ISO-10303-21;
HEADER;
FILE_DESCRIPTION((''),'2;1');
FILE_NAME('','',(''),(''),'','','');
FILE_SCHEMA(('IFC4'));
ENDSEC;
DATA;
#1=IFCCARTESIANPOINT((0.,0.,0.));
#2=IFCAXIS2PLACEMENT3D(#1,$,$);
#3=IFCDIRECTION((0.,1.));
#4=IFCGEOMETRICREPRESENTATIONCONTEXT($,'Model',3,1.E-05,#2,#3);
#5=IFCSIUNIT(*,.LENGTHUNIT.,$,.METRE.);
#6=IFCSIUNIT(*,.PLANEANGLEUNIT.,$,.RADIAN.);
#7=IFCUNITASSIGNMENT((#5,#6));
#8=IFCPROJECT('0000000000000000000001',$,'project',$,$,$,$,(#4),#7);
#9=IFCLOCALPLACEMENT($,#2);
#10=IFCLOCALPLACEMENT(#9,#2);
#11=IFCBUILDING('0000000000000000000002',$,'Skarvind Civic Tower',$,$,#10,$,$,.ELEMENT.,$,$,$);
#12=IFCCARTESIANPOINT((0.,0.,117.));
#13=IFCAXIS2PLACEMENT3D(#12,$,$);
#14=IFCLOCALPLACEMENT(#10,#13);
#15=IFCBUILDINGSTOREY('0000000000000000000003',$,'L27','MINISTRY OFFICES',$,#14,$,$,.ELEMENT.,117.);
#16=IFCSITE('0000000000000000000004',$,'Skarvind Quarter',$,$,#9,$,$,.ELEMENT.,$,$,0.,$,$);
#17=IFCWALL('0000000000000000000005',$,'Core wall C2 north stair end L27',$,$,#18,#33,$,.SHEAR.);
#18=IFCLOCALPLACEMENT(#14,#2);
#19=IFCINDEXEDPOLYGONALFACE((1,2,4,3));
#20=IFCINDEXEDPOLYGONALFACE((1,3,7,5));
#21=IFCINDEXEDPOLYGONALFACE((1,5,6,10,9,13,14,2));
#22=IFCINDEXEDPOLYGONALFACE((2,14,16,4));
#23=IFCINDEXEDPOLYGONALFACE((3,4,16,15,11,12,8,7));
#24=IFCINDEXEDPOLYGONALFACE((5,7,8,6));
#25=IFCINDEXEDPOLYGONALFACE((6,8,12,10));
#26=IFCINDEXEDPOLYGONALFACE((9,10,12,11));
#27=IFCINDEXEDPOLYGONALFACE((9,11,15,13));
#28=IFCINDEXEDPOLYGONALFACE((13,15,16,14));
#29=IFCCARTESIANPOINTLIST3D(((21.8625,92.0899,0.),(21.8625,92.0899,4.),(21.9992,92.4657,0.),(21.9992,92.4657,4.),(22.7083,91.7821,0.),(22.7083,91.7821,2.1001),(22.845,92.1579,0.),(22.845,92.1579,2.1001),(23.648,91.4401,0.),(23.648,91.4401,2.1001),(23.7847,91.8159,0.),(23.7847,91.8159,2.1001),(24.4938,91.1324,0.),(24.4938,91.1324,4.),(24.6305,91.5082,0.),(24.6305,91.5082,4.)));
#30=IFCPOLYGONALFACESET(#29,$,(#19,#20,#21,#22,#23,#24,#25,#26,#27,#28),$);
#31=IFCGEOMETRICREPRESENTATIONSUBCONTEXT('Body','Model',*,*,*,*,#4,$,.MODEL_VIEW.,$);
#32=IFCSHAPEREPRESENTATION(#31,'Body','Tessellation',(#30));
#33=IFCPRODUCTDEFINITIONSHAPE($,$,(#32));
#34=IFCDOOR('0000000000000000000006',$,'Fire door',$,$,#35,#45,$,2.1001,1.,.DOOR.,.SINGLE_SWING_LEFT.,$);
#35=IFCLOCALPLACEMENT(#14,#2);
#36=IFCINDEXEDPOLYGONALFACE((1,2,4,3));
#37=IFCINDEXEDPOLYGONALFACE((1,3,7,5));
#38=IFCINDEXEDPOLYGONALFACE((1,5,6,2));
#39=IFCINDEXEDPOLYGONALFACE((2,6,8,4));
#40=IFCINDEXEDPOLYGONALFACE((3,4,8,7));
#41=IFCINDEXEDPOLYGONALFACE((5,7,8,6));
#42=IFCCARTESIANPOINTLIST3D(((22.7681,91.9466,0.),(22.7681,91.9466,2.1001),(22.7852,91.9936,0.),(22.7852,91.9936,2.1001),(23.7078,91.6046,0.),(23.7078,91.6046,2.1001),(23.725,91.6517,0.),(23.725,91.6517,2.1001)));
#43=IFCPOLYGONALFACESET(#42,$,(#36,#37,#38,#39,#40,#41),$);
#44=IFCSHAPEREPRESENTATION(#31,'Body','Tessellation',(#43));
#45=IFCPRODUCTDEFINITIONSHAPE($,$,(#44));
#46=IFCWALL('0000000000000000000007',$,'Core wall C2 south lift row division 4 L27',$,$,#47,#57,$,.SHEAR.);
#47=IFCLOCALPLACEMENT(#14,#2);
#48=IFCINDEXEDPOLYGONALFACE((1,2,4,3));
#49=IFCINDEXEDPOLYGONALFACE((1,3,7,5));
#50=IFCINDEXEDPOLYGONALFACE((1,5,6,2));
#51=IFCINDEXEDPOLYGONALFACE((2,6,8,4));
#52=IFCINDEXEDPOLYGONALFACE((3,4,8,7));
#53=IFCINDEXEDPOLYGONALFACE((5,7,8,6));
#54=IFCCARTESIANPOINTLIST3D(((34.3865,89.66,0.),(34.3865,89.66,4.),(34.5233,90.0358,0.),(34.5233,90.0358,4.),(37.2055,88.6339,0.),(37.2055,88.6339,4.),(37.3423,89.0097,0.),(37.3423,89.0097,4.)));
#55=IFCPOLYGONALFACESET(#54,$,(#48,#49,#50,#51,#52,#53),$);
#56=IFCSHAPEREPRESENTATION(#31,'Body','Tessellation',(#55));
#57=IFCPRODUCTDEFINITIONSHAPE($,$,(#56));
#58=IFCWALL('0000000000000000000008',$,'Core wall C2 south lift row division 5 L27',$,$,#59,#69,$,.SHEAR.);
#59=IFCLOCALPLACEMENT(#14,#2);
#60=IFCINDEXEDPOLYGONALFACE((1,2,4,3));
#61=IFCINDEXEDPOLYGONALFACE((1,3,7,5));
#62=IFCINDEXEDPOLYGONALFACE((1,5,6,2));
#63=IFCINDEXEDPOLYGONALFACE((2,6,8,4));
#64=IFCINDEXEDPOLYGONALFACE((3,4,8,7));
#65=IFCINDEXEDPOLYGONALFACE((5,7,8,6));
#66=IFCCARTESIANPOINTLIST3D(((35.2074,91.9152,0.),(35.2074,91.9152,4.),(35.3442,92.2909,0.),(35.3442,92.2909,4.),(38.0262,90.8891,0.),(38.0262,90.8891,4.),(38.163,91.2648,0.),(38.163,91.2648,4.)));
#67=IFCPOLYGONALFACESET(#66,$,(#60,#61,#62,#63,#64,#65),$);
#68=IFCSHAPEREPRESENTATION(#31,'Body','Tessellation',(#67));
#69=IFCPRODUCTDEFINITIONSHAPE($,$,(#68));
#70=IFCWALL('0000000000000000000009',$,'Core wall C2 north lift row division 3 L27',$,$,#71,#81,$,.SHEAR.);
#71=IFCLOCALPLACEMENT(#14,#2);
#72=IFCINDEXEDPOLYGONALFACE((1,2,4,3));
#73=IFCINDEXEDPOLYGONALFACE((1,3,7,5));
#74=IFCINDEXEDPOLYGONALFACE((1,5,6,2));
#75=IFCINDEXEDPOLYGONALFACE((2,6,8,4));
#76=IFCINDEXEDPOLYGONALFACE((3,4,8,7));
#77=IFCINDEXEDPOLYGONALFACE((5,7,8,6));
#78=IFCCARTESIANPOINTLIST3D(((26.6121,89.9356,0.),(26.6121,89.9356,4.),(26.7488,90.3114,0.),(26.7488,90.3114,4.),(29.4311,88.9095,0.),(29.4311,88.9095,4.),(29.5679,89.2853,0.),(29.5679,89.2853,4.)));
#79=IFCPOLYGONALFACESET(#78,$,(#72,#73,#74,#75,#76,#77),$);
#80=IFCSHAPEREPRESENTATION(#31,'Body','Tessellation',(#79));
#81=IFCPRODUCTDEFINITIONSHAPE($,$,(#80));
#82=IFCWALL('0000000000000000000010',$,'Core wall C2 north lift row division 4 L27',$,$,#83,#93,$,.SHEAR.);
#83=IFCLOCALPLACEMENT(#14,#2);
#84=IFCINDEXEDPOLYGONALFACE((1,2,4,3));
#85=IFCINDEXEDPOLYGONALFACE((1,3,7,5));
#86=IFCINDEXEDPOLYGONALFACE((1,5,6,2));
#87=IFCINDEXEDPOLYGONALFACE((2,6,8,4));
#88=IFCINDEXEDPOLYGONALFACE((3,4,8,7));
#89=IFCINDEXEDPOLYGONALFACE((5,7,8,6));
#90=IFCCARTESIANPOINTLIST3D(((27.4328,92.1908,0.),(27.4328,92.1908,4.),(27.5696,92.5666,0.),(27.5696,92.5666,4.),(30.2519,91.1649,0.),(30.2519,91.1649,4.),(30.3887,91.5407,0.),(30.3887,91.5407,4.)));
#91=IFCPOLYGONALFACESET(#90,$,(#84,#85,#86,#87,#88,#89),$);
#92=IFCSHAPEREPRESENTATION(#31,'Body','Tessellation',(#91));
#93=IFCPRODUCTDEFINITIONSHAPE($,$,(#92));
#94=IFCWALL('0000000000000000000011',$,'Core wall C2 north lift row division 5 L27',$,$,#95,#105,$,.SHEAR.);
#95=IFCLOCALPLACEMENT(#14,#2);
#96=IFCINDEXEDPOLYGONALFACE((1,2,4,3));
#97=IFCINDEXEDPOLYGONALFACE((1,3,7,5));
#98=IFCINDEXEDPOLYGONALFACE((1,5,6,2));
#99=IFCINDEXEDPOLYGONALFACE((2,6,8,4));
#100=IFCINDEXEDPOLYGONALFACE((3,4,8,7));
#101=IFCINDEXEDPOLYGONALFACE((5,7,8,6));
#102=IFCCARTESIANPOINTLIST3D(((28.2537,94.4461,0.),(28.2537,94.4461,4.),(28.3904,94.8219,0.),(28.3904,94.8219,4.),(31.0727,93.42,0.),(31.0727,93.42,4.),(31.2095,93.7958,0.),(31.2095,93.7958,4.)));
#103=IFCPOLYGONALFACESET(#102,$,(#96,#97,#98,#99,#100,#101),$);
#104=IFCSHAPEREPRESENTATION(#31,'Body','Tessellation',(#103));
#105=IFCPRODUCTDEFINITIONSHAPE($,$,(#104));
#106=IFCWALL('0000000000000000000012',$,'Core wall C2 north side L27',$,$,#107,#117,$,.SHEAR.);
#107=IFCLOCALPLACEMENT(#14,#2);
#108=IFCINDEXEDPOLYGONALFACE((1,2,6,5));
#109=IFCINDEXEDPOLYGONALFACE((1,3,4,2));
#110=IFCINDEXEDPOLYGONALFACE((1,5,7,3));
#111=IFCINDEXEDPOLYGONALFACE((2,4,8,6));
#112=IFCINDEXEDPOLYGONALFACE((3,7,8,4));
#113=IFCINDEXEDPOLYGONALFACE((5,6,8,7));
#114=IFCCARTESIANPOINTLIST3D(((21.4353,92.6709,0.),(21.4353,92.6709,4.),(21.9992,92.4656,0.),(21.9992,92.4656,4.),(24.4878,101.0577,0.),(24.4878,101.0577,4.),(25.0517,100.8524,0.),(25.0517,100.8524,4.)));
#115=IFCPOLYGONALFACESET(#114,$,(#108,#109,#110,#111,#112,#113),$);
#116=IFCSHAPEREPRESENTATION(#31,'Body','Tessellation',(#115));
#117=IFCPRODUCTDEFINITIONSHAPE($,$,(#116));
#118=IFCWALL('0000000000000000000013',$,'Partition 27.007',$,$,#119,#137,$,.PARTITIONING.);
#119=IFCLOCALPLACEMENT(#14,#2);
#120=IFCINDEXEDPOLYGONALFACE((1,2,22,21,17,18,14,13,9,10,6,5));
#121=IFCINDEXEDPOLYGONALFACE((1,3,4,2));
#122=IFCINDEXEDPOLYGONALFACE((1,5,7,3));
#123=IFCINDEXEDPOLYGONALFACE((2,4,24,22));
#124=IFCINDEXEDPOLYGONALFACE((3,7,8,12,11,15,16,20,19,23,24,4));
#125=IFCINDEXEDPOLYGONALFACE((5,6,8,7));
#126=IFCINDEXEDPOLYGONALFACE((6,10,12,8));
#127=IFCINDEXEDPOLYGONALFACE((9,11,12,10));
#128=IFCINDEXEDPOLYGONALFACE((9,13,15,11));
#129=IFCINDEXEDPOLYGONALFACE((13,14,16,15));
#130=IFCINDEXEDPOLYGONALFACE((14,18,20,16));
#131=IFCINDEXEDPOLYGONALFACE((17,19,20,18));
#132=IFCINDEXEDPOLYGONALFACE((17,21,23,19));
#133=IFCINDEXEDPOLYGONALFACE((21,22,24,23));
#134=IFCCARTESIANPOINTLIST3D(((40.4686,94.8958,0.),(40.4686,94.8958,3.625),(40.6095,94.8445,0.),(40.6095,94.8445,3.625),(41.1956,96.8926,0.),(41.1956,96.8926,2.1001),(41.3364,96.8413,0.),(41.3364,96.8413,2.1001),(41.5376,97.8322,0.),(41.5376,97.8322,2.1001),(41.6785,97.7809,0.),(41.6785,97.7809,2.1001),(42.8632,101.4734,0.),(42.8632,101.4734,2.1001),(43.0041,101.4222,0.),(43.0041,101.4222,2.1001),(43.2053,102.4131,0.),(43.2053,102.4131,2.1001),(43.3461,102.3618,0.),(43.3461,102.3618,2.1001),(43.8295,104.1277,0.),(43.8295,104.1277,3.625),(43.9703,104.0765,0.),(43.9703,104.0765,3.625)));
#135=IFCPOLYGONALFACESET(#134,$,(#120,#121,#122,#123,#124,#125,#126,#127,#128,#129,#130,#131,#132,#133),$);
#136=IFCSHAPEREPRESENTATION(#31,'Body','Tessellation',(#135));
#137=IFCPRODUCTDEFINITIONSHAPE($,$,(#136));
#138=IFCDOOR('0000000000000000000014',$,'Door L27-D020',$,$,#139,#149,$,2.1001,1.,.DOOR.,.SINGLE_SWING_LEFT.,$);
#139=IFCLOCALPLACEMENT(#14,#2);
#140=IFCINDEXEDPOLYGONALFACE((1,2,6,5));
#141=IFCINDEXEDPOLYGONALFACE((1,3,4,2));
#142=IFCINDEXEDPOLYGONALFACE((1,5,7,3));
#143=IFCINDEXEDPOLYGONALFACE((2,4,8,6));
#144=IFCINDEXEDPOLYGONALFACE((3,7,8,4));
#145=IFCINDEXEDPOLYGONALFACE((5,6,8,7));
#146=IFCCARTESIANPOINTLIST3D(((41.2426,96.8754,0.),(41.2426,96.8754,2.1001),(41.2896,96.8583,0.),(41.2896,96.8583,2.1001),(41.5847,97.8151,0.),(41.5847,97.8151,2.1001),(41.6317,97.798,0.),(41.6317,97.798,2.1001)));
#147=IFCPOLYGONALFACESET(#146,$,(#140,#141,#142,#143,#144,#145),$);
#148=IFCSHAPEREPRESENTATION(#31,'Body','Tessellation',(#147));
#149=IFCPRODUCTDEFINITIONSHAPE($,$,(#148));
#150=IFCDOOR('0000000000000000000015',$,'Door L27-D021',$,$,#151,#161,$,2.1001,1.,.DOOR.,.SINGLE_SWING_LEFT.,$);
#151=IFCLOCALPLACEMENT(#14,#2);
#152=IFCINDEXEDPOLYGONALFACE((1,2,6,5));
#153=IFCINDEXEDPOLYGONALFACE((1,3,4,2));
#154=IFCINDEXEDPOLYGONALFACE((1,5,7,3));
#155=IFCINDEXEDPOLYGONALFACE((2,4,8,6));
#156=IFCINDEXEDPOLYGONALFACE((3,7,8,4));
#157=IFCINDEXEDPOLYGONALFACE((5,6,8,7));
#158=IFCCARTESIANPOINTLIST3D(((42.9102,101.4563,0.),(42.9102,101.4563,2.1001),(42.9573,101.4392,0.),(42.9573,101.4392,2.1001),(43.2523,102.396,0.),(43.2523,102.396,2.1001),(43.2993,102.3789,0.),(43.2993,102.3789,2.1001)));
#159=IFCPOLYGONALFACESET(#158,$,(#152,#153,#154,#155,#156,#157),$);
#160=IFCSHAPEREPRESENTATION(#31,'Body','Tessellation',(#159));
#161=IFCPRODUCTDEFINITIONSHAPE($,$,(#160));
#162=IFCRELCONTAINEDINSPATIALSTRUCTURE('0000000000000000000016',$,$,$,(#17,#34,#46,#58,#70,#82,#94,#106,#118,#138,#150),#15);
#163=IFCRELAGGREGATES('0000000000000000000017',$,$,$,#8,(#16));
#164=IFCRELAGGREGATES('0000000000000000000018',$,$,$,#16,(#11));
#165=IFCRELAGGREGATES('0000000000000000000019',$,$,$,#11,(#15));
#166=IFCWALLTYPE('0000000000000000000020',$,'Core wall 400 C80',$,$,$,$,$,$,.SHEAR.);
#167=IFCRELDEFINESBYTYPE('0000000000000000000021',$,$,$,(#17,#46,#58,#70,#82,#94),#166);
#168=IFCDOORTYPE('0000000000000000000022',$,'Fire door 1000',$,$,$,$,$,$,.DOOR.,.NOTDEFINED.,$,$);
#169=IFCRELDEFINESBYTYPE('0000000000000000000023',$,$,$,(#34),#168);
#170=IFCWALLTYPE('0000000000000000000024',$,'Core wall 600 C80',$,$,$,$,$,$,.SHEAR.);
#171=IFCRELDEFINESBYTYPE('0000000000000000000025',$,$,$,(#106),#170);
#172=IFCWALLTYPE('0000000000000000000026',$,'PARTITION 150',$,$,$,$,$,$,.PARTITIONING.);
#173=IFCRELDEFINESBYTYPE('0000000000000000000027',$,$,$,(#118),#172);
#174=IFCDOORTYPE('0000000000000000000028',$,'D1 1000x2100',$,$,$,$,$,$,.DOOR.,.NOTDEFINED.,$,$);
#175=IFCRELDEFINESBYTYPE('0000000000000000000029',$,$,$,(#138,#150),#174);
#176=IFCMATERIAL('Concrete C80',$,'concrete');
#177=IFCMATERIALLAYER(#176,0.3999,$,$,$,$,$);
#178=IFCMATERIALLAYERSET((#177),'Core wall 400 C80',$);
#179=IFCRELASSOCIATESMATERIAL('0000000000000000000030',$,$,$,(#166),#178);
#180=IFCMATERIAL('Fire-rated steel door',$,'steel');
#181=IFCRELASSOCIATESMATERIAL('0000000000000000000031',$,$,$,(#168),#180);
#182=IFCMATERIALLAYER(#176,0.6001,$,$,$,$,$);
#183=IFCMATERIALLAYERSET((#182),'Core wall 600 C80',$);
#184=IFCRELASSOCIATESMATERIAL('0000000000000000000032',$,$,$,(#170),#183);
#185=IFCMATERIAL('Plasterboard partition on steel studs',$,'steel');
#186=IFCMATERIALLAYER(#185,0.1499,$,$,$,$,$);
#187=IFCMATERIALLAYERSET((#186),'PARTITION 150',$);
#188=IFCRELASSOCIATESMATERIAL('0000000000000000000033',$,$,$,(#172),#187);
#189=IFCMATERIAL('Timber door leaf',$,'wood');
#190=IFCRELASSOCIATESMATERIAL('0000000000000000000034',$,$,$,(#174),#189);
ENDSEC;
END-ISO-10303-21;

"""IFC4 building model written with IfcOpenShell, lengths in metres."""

from ifc_helpers import new_model, si_unit, direction, frame, frame_2d, origin, place, context, subcontext, project, spatial, rectangle, extrude, material, layer, layer_set, type_object, element, fill, save


model = new_model("IFC4")

# Units and contexts
model_context = context("Model", 3, precision=1e-05, world=origin(), true_north=direction((0.0, 1.0)))
body_context = subcontext(model_context, "Body", "Model", "MODEL_VIEW")
ifc_project = project(units=[si_unit("LENGTHUNIT", "METRE"), si_unit("PLANEANGLEUNIT", "RADIAN")], contexts=[model_context])

# Site, building, storey
site_placement = place(None, origin())
site = spatial("IfcSite", under=ifc_project, at=site_placement, Name="Skarvind Quarter", CompositionType="ELEMENT", RefElevation=0.0)
building_placement = place(site_placement, origin())
building = spatial("IfcBuilding", under=site, at=building_placement, Name="Skarvind Civic Tower", CompositionType="ELEMENT")
storey_placement = place(building_placement, frame((0.0, 0.0, 117.0)))
storey = spatial("IfcBuildingStorey", under=building, at=storey_placement, Name="L27", Description="MINISTRY OFFICES", CompositionType="ELEMENT", Elevation=117.0)

# Shared definitions
ifc_material_1 = material(Name="Fire-rated steel door", Category="steel")

# Wall, opening, door
ifc_material_2 = material(Name="Concrete C80", Category="concrete")
ifc_layer_1 = layer(ifc_material_2, 0.3999)
ifc_layer_set_1 = layer_set([ifc_layer_1], Name="Core wall 400 C80")
wall_type_1 = type_object("IfcWallType", Name="Core wall 400 C80", PredefinedType="SHEAR", material=ifc_layer_set_1)
wall_1_placement = place(storey_placement, frame((24.562, 91.3203, 0.0), z_axis=(0.0, 0.0, 1.0), x_axis=(-0.939717, 0.341953, 0.0)))
wall_1 = element("IfcWall", 1, at=wall_1_placement, inside=storey, type_object=wall_type_1, Name="Core wall C2 north stair end L27", PredefinedType="SHEAR", context=body_context, shape_type="SweptSolid", body=[
    extrude(rectangle(XDim=2.8, YDim=0.3999, at=frame_2d((1.3999, 0.0))), origin(), (0.0, 0.0, 1.0), 4.0),
])
opening_1_placement = place(wall_1_placement, frame((0.8999, 0.0, 0.0)))
opening_1 = element("IfcOpeningElement", 2, at=opening_1_placement, cuts=wall_1, PredefinedType="OPENING", context=body_context, shape_type="SweptSolid", body=[
    extrude(rectangle(XDim=1.0, YDim=2.1001, at=frame_2d((0.5, 1.05))), frame((0.0, 0.21, 0.0), z_axis=(0.0, -1.0, 0.0), x_axis=(1.0, 0.0, 0.0)), (0.0, 0.0, 1.0), 0.4199),
])
door_type_1 = type_object("IfcDoorType", Name="Fire door 1000", OperationType="NOTDEFINED", PredefinedType="DOOR", material=ifc_material_1)
door_1_placement = place(opening_1_placement, origin())
door_1 = element("IfcDoor", 3, at=door_1_placement, inside=storey, type_object=door_type_1, Name="Fire door", OperationType="SINGLE_SWING_LEFT", OverallHeight=2.1001, OverallWidth=1.0, PredefinedType="DOOR", context=body_context, shape_type="SweptSolid", body=[
    extrude(rectangle(XDim=1.0, YDim=2.1001, at=frame_2d((0.5, 1.05))), frame((0.0, 0.0249, 0.0), z_axis=(0.0, -1.0, 0.0), x_axis=(1.0, 0.0, 0.0)), (0.0, 0.0, 1.0), 0.05),
])
fill(opening_1, door_1)

# Walls
wall_2_placement = place(storey_placement, frame((37.2739, 88.8218, 0.0), z_axis=(0.0, 0.0, 1.0), x_axis=(-0.939686, 0.342037, 0.0)))
element("IfcWall", 4, at=wall_2_placement, inside=storey, type_object=wall_type_1, Name="Core wall C2 south lift row division 4 L27", PredefinedType="SHEAR", context=body_context, shape_type="SweptSolid", body=[
    extrude(rectangle(XDim=3.0, YDim=0.3999, at=frame_2d((1.5, 0.0))), origin(), (0.0, 0.0, 1.0), 4.0),
])
wall_3_placement = place(storey_placement, frame((38.0947, 91.0769, 0.0), z_axis=(0.0, 0.0, 1.0), x_axis=(-0.939677, 0.342063, 0.0)))
element("IfcWall", 5, at=wall_3_placement, inside=storey, type_object=wall_type_1, Name="Core wall C2 south lift row division 5 L27", PredefinedType="SHEAR", context=body_context, shape_type="SweptSolid", body=[
    extrude(rectangle(XDim=2.9998, YDim=0.3999, at=frame_2d((1.5, 0.0))), origin(), (0.0, 0.0, 1.0), 4.0),
])
for number, where, z_axis, x_axis, name in (
    (6, (29.4995, 89.0974, 0.0), (0.0, 0.0, 1.0), (-0.939686, 0.342037, 0.0), "Core wall C2 north lift row division 3 L27"),
    (7, (30.3203, 91.3528, 0.0), (0.0, 0.0, 1.0), (-0.939713, 0.341965, 0.0), "Core wall C2 north lift row division 4 L27"),
    (8, (31.1411, 93.6079, 0.0), (0.0, 0.0, 1.0), (-0.939686, 0.342037, 0.0), "Core wall C2 north lift row division 5 L27"),
):
    element("IfcWall", number, at=place(storey_placement, frame(where, z_axis=z_axis, x_axis=x_axis)), inside=storey, type_object=wall_type_1, Name=name, PredefinedType="SHEAR", context=body_context, shape_type="SweptSolid", body=[
        extrude(rectangle(XDim=3.0, YDim=0.3999, at=frame_2d((1.5, 0.0))), origin(), (0.0, 0.0, 1.0), 4.0),
    ])
ifc_layer_2 = layer(ifc_material_2, 0.6001)
ifc_layer_set_2 = layer_set([ifc_layer_2], Name="Core wall 600 C80")
wall_type_2 = type_object("IfcWallType", Name="Core wall 600 C80", PredefinedType="SHEAR", material=ifc_layer_set_2)
wall_4_placement = place(storey_placement, frame((21.7173, 92.5684, 0.0), z_axis=(0.0, 0.0, 1.0), x_axis=(0.342018, 0.939694, 0.0)))
element("IfcWall", 9, at=wall_4_placement, inside=storey, type_object=wall_type_2, Name="Core wall C2 north side L27", PredefinedType="SHEAR", context=body_context, shape_type="SweptSolid", body=[
    extrude(rectangle(XDim=8.925, YDim=0.6001, at=frame_2d((4.4624, 0.0))), origin(), (0.0, 0.0, 1.0), 4.0),
])

# Wall, openings, doors
ifc_material_3 = material(Name="Plasterboard partition on steel studs", Category="steel")
ifc_layer_3 = layer(ifc_material_3, 0.1499)
ifc_layer_set_3 = layer_set([ifc_layer_3], Name="PARTITION 150")
wall_type_3 = type_object("IfcWallType", Name="PARTITION 150", PredefinedType="PARTITIONING", material=ifc_layer_set_3)
wall_5_placement = place(storey_placement, frame((40.5391, 94.8701, 0.0), z_axis=(0.0, 0.0, 1.0), x_axis=(0.342082, 0.93967, 0.0)))
wall_5 = element("IfcWall", 10, at=wall_5_placement, inside=storey, type_object=wall_type_3, Name="Partition 27.007", PredefinedType="PARTITIONING", context=body_context, shape_type="SweptSolid", body=[
    extrude(rectangle(XDim=9.8247, YDim=0.1499, at=frame_2d((4.9124, 0.0))), origin(), (0.0, 0.0, 1.0), 3.625),
])
opening_2_placement = place(wall_5_placement, frame((2.125, 0.0, 0.0)))
opening_2 = element("IfcOpeningElement", 11, at=opening_2_placement, cuts=wall_5, PredefinedType="OPENING", context=body_context, shape_type="SweptSolid", body=[
    extrude(rectangle(XDim=1.0, YDim=2.1001, at=frame_2d((0.5, 1.05))), frame((0.0, 0.085, 0.0), z_axis=(0.0, -1.0, 0.0), x_axis=(1.0, 0.0, 0.0)), (0.0, 0.0, 1.0), 0.1699),
])
opening_3_placement = place(wall_5_placement, frame((7.0, 0.0, 0.0)))
opening_3 = element("IfcOpeningElement", 12, at=opening_3_placement, cuts=wall_5, PredefinedType="OPENING", context=body_context, shape_type="SweptSolid", body=[
    extrude(rectangle(XDim=1.0, YDim=2.1001, at=frame_2d((0.5, 1.05))), frame((0.0, 0.085, 0.0), z_axis=(0.0, -1.0, 0.0), x_axis=(1.0, 0.0, 0.0)), (0.0, 0.0, 1.0), 0.1699),
])
ifc_material_4 = material(Name="Timber door leaf", Category="wood")
door_type_2 = type_object("IfcDoorType", Name="D1 1000x2100", OperationType="NOTDEFINED", PredefinedType="DOOR", material=ifc_material_4)
door_2_placement = place(opening_2_placement, origin())
door_2 = element("IfcDoor", 13, at=door_2_placement, inside=storey, type_object=door_type_2, Name="Door L27-D020", OperationType="SINGLE_SWING_LEFT", OverallHeight=2.1001, OverallWidth=1.0, PredefinedType="DOOR", context=body_context, shape_type="SweptSolid", body=[
    extrude(rectangle(XDim=1.0, YDim=2.1001, at=frame_2d((0.5, 1.05))), frame((0.0, 0.0249, 0.0), z_axis=(0.0, -1.0, 0.0), x_axis=(1.0, 0.0, 0.0)), (0.0, 0.0, 1.0), 0.05),
])
fill(opening_2, door_2)
door_3_placement = place(opening_3_placement, origin())
door_3 = element("IfcDoor", 14, at=door_3_placement, inside=storey, type_object=door_type_2, Name="Door L27-D021", OperationType="SINGLE_SWING_LEFT", OverallHeight=2.1001, OverallWidth=1.0, PredefinedType="DOOR", context=body_context, shape_type="SweptSolid", body=[
    extrude(rectangle(XDim=1.0, YDim=2.1001, at=frame_2d((0.5, 1.05))), frame((0.0, 0.0249, 0.0), z_axis=(0.0, -1.0, 0.0), x_axis=(1.0, 0.0, 0.0)), (0.0, 0.0, 1.0), 0.05),
])
fill(opening_3, door_3)

save(model, "model.ifc")
